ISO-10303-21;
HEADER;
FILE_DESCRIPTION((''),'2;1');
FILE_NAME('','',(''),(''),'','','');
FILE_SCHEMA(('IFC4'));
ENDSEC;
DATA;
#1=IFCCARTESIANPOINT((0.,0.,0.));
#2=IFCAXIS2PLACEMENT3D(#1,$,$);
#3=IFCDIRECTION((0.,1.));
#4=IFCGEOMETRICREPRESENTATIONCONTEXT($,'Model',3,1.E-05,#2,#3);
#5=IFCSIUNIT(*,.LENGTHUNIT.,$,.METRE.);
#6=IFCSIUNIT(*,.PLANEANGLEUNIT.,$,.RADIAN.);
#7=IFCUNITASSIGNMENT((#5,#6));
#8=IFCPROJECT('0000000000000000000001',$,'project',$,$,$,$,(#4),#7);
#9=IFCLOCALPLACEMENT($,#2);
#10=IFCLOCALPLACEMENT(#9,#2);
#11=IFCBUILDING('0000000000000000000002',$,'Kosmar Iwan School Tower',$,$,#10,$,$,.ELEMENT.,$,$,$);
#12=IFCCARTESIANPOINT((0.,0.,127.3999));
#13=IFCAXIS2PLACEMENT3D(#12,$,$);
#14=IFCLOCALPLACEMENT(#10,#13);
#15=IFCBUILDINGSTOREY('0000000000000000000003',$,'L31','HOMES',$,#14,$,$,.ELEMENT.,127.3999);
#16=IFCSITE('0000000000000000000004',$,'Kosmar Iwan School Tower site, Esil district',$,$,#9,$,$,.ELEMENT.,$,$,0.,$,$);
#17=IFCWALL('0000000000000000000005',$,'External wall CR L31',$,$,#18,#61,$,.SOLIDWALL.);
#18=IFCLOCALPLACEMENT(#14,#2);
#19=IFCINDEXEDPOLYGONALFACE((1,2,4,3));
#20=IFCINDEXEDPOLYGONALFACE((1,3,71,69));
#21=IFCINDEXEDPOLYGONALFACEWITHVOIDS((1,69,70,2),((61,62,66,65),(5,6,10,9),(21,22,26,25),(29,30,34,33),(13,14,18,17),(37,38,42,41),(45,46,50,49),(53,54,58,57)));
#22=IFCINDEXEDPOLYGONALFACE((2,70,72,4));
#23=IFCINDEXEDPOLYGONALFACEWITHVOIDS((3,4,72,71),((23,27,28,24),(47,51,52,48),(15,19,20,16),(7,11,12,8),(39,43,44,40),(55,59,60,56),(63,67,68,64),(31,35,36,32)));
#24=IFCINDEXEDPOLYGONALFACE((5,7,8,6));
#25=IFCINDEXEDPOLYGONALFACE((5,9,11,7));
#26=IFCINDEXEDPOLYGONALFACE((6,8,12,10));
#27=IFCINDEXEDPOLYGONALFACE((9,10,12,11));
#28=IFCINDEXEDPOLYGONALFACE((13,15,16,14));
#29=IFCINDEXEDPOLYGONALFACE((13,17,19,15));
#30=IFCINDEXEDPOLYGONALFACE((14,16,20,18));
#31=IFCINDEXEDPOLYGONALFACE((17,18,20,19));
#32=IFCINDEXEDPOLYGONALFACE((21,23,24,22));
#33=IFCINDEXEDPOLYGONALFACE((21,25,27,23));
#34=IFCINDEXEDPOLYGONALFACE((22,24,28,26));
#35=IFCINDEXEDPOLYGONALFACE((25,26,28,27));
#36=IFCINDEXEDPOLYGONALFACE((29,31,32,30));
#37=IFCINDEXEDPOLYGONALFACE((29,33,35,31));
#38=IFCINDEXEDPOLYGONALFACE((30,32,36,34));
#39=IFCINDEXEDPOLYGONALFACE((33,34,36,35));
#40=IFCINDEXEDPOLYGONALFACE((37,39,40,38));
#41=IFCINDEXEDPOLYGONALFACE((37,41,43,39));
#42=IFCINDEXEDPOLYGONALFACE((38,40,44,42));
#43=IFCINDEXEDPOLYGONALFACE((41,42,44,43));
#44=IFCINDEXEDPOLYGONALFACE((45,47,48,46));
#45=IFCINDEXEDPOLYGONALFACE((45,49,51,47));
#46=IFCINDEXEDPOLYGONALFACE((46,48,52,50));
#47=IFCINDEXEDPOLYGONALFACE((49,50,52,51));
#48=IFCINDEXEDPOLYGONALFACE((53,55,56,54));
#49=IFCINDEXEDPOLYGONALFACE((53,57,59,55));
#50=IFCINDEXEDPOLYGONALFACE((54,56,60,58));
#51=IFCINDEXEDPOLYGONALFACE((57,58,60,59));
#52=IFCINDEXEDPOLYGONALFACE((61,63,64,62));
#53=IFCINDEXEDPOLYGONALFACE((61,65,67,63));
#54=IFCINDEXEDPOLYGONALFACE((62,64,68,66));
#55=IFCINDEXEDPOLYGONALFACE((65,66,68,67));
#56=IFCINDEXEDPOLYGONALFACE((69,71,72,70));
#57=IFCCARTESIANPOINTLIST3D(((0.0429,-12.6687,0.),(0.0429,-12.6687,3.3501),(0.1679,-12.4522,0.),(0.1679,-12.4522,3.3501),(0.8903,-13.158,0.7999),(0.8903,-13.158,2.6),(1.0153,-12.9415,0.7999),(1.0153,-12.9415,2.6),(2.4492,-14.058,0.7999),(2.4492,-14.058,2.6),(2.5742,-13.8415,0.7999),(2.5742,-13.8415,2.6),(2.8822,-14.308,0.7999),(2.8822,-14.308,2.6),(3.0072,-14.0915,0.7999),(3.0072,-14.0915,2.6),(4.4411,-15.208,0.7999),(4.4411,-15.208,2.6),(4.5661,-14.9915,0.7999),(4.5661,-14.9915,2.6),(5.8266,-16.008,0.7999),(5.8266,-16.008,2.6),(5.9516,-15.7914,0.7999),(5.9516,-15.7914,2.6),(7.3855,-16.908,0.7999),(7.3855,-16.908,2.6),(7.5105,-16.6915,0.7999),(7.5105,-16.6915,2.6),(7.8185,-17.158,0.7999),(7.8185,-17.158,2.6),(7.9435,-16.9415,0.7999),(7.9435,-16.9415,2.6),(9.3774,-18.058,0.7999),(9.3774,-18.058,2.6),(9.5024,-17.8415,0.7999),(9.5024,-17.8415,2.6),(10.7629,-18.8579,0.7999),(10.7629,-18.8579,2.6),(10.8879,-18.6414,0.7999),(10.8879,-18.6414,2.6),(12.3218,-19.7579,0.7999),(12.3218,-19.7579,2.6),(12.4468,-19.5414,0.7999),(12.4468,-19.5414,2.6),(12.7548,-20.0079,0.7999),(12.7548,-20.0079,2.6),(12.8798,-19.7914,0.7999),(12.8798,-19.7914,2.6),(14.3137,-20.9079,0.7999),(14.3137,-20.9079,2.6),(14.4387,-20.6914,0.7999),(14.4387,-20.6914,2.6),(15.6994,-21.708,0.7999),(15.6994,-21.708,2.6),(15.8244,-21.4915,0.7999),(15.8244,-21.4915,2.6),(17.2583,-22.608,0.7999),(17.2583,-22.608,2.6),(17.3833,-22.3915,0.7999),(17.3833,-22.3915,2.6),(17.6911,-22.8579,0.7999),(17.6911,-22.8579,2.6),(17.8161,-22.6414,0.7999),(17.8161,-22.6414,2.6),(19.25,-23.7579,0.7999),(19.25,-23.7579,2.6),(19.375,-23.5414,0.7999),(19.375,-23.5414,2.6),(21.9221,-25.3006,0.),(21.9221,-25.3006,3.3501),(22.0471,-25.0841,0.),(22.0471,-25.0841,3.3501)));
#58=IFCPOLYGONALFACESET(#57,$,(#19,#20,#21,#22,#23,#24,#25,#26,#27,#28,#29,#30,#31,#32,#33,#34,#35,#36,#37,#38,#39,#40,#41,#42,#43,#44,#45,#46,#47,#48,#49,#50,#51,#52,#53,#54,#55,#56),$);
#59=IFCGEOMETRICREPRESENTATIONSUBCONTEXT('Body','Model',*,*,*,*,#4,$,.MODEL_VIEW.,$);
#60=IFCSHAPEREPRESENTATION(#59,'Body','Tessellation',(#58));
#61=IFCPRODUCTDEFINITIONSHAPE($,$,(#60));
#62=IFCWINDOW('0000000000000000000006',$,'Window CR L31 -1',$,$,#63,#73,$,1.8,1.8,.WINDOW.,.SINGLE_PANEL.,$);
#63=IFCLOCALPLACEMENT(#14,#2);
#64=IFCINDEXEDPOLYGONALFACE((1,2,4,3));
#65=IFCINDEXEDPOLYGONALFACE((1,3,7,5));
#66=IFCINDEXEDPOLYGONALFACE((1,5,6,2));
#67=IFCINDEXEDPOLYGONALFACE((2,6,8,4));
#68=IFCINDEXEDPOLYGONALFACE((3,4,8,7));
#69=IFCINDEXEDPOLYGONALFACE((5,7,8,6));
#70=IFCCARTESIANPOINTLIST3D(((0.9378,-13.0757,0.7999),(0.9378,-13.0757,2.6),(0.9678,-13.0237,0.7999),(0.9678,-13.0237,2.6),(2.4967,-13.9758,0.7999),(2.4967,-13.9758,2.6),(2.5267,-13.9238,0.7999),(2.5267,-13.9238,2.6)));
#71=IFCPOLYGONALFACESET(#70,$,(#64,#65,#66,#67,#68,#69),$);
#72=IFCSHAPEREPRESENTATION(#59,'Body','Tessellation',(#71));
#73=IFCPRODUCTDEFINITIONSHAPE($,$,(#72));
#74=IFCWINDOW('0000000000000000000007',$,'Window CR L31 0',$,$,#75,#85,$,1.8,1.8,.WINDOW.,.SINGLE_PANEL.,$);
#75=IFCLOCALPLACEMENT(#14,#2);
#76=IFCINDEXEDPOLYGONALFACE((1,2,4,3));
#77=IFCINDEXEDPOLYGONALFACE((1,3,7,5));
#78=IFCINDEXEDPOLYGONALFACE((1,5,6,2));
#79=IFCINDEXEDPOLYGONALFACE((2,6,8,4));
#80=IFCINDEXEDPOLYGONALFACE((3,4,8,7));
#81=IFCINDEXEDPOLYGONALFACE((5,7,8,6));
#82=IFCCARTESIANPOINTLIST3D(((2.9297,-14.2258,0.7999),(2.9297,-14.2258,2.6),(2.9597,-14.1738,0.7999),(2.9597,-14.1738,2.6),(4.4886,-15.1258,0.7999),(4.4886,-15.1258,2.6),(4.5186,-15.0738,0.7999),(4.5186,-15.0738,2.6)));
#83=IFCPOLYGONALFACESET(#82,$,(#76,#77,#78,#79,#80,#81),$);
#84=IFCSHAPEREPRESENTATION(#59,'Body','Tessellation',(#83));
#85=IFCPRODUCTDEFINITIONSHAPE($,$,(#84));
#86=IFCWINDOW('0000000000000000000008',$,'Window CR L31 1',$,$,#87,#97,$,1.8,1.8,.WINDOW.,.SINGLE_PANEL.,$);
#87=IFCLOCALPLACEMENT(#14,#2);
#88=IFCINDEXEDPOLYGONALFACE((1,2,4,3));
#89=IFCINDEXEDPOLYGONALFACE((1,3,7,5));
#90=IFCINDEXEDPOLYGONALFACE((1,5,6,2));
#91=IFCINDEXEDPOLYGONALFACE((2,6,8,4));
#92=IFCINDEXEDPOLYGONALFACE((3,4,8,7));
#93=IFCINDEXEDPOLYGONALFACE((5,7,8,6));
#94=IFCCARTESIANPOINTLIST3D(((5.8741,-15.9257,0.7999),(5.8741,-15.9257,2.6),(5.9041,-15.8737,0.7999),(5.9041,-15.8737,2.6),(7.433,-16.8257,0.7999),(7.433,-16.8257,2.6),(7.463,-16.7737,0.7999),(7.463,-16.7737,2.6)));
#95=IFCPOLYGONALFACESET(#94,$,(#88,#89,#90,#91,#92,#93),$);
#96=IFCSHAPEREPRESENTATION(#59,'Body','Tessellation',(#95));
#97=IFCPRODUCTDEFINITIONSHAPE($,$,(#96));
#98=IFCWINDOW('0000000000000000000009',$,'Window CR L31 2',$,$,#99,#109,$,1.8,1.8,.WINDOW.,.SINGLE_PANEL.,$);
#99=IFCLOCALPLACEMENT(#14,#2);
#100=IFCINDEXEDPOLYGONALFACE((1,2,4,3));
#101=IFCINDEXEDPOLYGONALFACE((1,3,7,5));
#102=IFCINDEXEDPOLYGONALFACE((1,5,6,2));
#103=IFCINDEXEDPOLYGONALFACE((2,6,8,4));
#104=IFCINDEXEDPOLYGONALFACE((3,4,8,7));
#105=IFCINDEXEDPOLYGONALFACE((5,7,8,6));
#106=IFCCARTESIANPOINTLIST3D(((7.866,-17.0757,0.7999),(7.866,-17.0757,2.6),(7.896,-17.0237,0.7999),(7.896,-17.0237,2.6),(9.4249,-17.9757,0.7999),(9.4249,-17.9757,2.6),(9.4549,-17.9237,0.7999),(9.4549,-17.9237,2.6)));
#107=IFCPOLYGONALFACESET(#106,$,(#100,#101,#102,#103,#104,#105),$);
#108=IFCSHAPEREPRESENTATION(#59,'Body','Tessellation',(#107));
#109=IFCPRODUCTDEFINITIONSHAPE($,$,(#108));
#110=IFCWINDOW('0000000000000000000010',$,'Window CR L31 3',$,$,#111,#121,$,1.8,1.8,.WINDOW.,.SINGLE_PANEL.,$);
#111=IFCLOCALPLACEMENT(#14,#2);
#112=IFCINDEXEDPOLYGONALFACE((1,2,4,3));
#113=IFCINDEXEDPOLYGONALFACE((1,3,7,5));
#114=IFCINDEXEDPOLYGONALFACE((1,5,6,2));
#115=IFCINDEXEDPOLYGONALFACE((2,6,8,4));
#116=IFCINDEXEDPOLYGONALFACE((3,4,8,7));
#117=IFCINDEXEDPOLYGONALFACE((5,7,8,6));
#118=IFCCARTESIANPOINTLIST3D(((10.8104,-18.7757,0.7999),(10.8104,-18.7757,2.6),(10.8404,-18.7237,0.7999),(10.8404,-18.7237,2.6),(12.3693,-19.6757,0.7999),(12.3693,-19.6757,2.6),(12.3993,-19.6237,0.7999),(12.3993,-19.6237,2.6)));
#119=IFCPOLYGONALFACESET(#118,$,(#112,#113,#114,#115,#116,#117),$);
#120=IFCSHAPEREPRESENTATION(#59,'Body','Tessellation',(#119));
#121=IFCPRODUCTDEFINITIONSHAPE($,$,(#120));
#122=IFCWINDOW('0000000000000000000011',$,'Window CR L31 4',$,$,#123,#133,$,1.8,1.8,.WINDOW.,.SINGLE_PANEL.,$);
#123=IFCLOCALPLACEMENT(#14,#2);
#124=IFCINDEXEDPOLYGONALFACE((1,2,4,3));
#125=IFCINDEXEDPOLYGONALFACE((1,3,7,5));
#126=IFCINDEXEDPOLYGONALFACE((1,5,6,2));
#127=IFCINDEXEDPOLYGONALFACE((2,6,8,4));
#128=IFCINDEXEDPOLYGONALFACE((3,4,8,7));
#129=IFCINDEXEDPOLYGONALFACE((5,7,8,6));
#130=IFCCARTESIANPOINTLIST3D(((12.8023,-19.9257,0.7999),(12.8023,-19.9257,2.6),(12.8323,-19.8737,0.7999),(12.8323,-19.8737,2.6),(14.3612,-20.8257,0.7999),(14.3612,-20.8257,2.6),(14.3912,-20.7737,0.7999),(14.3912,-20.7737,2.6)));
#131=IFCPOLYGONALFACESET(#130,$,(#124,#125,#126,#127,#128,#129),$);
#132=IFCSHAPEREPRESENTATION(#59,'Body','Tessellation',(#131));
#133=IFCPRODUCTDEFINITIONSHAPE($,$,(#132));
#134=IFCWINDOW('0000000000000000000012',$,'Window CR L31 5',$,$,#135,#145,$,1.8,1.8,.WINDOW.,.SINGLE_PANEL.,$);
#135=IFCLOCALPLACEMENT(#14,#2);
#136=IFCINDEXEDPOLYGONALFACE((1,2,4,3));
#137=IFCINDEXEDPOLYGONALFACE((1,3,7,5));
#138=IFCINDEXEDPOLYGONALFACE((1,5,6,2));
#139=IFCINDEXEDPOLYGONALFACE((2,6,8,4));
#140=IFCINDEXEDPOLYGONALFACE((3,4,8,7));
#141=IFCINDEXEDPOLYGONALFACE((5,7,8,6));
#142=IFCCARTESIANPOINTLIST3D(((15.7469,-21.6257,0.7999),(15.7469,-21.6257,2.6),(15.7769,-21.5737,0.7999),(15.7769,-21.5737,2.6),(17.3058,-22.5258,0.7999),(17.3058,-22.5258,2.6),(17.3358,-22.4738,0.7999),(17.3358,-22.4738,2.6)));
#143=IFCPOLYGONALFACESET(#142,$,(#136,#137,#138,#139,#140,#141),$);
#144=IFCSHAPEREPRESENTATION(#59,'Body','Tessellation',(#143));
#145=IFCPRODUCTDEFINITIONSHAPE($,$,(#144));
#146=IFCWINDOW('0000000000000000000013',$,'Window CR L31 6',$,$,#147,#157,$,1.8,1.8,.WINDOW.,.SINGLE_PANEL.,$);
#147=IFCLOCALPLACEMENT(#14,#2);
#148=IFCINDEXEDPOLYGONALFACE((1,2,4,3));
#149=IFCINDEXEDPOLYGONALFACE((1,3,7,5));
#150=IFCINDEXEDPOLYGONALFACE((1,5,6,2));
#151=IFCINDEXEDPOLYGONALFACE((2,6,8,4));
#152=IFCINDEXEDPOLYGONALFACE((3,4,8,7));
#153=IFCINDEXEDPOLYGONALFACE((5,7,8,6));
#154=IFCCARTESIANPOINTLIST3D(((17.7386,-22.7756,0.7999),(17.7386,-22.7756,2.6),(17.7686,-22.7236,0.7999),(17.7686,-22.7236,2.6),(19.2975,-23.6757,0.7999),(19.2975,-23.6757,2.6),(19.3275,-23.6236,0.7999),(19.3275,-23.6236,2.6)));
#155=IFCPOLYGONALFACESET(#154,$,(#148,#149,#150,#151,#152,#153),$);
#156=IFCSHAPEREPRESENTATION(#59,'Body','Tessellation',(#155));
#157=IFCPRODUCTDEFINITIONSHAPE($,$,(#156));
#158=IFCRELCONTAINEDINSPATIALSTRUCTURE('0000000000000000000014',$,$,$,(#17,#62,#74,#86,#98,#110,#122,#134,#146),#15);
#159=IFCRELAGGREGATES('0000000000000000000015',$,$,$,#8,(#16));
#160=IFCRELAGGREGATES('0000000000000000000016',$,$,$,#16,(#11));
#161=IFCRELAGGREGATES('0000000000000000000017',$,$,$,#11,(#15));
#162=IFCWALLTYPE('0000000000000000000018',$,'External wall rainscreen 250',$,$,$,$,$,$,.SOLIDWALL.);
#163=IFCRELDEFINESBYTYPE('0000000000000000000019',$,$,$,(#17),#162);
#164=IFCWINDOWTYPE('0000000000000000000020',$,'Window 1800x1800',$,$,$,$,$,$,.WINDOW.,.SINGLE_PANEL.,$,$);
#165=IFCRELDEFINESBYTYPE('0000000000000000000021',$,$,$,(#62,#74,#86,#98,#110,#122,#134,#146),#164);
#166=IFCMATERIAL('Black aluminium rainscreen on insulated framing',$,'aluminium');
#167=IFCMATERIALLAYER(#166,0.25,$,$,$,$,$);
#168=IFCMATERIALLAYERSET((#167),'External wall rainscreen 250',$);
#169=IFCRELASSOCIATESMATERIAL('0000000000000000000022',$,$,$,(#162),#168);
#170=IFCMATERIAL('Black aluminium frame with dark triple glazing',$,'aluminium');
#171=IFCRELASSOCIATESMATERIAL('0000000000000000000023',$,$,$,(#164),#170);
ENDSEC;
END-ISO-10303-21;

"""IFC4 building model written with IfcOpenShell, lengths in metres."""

from ifc_helpers import new_model, si_unit, direction, frame, frame_2d, origin, place, context, subcontext, project, spatial, rectangle, extrude, material, layer, layer_set, type_object, element, fill, save


model = new_model("IFC4")

# Units and contexts
model_context = context("Model", 3, precision=1e-05, world=origin(), true_north=direction((0.0, 1.0)))
body_context = subcontext(model_context, "Body", "Model", "MODEL_VIEW")
ifc_project = project(units=[si_unit("LENGTHUNIT", "METRE"), si_unit("PLANEANGLEUNIT", "RADIAN")], contexts=[model_context])

# Site, building, storey
site_placement = place(None, origin())
site = spatial("IfcSite", under=ifc_project, at=site_placement, Name="Kosmar Iwan School Tower site, Esil district", CompositionType="ELEMENT", RefElevation=0.0)
building_placement = place(site_placement, origin())
building = spatial("IfcBuilding", under=site, at=building_placement, Name="Kosmar Iwan School Tower", CompositionType="ELEMENT")
storey_placement = place(building_placement, frame((0.0, 0.0, 127.3999)))
storey = spatial("IfcBuildingStorey", under=building, at=storey_placement, Name="L31", Description="HOMES", CompositionType="ELEMENT", Elevation=127.3999)

# Wall, openings, windows
ifc_material_1 = material(Name="Black aluminium rainscreen on insulated framing", Category="aluminium")
ifc_layer = layer(ifc_material_1, 0.25)
ifc_layer_set = layer_set([ifc_layer], Name="External wall rainscreen 250")
wall_type = type_object("IfcWallType", Name="External wall rainscreen 250", PredefinedType="SOLIDWALL", material=ifc_layer_set)
ifc_material_2 = material(Name="Black aluminium frame with dark triple glazing", Category="aluminium")
window_type = type_object("IfcWindowType", Name="Window 1800x1800", PartitioningType="SINGLE_PANEL", PredefinedType="WINDOW", material=ifc_material_2)
wall_1_placement = place(storey_placement, frame((0.1055, -12.5605, 0.0), z_axis=(0.0, 0.0, 1.0), x_axis=(0.866027, -0.499997, 0.0)))
wall_1 = element("IfcWall", 1, at=wall_1_placement, inside=storey, type_object=wall_type, Name="External wall CR L31", PredefinedType="SOLIDWALL", context=body_context, shape_type="SweptSolid", body=[
    extrude(rectangle(XDim=25.2639, YDim=0.25, at=frame_2d((12.6318, 0.0))), origin(), (0.0, 0.0, 1.0), 3.3501),
])
opening_1_placement = place(wall_1_placement, frame((0.9785, 0.0, 0.8)))
opening_1 = element("IfcOpeningElement", 2, at=opening_1_placement, cuts=wall_1, PredefinedType="OPENING", context=body_context, shape_type="SweptSolid", body=[
    extrude(rectangle(XDim=1.8, YDim=1.8, at=frame_2d((0.8999, 0.8999))), frame((0.0, 0.137, 0.0), z_axis=(0.0, -1.0, 0.0), x_axis=(1.0, 0.0, 0.0)), (0.0, 0.0, 1.0), 0.2739),
])
opening_2_placement = place(wall_1_placement, frame((3.2786, 0.0, 0.8)))
opening_2 = element("IfcOpeningElement", 3, at=opening_2_placement, cuts=wall_1, PredefinedType="OPENING", context=body_context, shape_type="SweptSolid", body=[
    extrude(rectangle(XDim=1.8, YDim=1.8, at=frame_2d((0.8999, 0.8999))), frame((0.0, 0.137, 0.0), z_axis=(0.0, -1.0, 0.0), x_axis=(1.0, 0.0, 0.0)), (0.0, 0.0, 1.0), 0.2739),
])
opening_3_placement = place(wall_1_placement, frame((6.6785, 0.0, 0.8)))
opening_3 = element("IfcOpeningElement", 4, at=opening_3_placement, cuts=wall_1, PredefinedType="OPENING", context=body_context, shape_type="SweptSolid", body=[
    extrude(rectangle(XDim=1.8, YDim=1.8, at=frame_2d((0.8999, 0.8999))), frame((0.0, 0.137, 0.0), z_axis=(0.0, -1.0, 0.0), x_axis=(1.0, 0.0, 0.0)), (0.0, 0.0, 1.0), 0.2739),
])
opening_4_placement = place(wall_1_placement, frame((8.9785, 0.0, 0.8)))
opening_4 = element("IfcOpeningElement", 5, at=opening_4_placement, cuts=wall_1, PredefinedType="OPENING", context=body_context, shape_type="SweptSolid", body=[
    extrude(rectangle(XDim=1.8, YDim=1.8, at=frame_2d((0.8999, 0.8999))), frame((0.0, 0.137, 0.0), z_axis=(0.0, -1.0, 0.0), x_axis=(1.0, 0.0, 0.0)), (0.0, 0.0, 1.0), 0.2739),
])
opening_5_placement = place(wall_1_placement, frame((12.3784, 0.0, 0.8)))
opening_5 = element("IfcOpeningElement", 6, at=opening_5_placement, cuts=wall_1, PredefinedType="OPENING", context=body_context, shape_type="SweptSolid", body=[
    extrude(rectangle(XDim=1.8, YDim=1.8, at=frame_2d((0.8999, 0.8999))), frame((0.0, 0.137, 0.0), z_axis=(0.0, -1.0, 0.0), x_axis=(1.0, 0.0, 0.0)), (0.0, 0.0, 1.0), 0.2739),
])
opening_6_placement = place(wall_1_placement, frame((14.6785, 0.0, 0.8)))
opening_6 = element("IfcOpeningElement", 7, at=opening_6_placement, cuts=wall_1, PredefinedType="OPENING", context=body_context, shape_type="SweptSolid", body=[
    extrude(rectangle(XDim=1.8, YDim=1.8, at=frame_2d((0.8999, 0.8999))), frame((0.0, 0.137, 0.0), z_axis=(0.0, -1.0, 0.0), x_axis=(1.0, 0.0, 0.0)), (0.0, 0.0, 1.0), 0.2739),
])
opening_7_placement = place(wall_1_placement, frame((18.0786, 0.0, 0.8)))
opening_7 = element("IfcOpeningElement", 8, at=opening_7_placement, cuts=wall_1, PredefinedType="OPENING", context=body_context, shape_type="SweptSolid", body=[
    extrude(rectangle(XDim=1.8, YDim=1.8, at=frame_2d((0.8999, 0.8999))), frame((0.0, 0.137, 0.0), z_axis=(0.0, -1.0, 0.0), x_axis=(1.0, 0.0, 0.0)), (0.0, 0.0, 1.0), 0.2739),
])
opening_8_placement = place(wall_1_placement, frame((20.3784, 0.0, 0.8)))
opening_8 = element("IfcOpeningElement", 9, at=opening_8_placement, cuts=wall_1, PredefinedType="OPENING", context=body_context, shape_type="SweptSolid", body=[
    extrude(rectangle(XDim=1.8, YDim=1.8, at=frame_2d((0.8999, 0.8999))), frame((0.0, 0.137, 0.0), z_axis=(0.0, -1.0, 0.0), x_axis=(1.0, 0.0, 0.0)), (0.0, 0.0, 1.0), 0.2739),
])
window_1_placement = place(opening_1_placement, origin())
window_1 = element("IfcWindow", 10, at=window_1_placement, inside=storey, type_object=window_type, Name="Window CR L31 -1", OverallHeight=1.8, OverallWidth=1.8, PartitioningType="SINGLE_PANEL", PredefinedType="WINDOW", context=body_context, shape_type="SweptSolid", body=[
    extrude(rectangle(XDim=1.8, YDim=1.8, at=frame_2d((0.8999, 0.8999))), frame((0.0, 0.03, 0.0), z_axis=(0.0, -1.0, 0.0), x_axis=(1.0, 0.0, 0.0)), (0.0, 0.0, 1.0), 0.0601),
])
fill(opening_1, window_1)
window_2_placement = place(opening_2_placement, origin())
window_2 = element("IfcWindow", 11, at=window_2_placement, inside=storey, type_object=window_type, Name="Window CR L31 0", OverallHeight=1.8, OverallWidth=1.8, PartitioningType="SINGLE_PANEL", PredefinedType="WINDOW", context=body_context, shape_type="SweptSolid", body=[
    extrude(rectangle(XDim=1.8, YDim=1.8, at=frame_2d((0.8999, 0.8999))), frame((0.0, 0.03, 0.0), z_axis=(0.0, -1.0, 0.0), x_axis=(1.0, 0.0, 0.0)), (0.0, 0.0, 1.0), 0.0601),
])
fill(opening_2, window_2)
window_3_placement = place(opening_3_placement, origin())
window_3 = element("IfcWindow", 12, at=window_3_placement, inside=storey, type_object=window_type, Name="Window CR L31 1", OverallHeight=1.8, OverallWidth=1.8, PartitioningType="SINGLE_PANEL", PredefinedType="WINDOW", context=body_context, shape_type="SweptSolid", body=[
    extrude(rectangle(XDim=1.8, YDim=1.8, at=frame_2d((0.8999, 0.8999))), frame((0.0, 0.03, 0.0), z_axis=(0.0, -1.0, 0.0), x_axis=(1.0, 0.0, 0.0)), (0.0, 0.0, 1.0), 0.0601),
])
fill(opening_3, window_3)
window_4_placement = place(opening_4_placement, origin())
window_4 = element("IfcWindow", 13, at=window_4_placement, inside=storey, type_object=window_type, Name="Window CR L31 2", OverallHeight=1.8, OverallWidth=1.8, PartitioningType="SINGLE_PANEL", PredefinedType="WINDOW", context=body_context, shape_type="SweptSolid", body=[
    extrude(rectangle(XDim=1.8, YDim=1.8, at=frame_2d((0.8999, 0.8999))), frame((0.0, 0.03, 0.0), z_axis=(0.0, -1.0, 0.0), x_axis=(1.0, 0.0, 0.0)), (0.0, 0.0, 1.0), 0.0601),
])
fill(opening_4, window_4)
window_5_placement = place(opening_5_placement, origin())
window_5 = element("IfcWindow", 14, at=window_5_placement, inside=storey, type_object=window_type, Name="Window CR L31 3", OverallHeight=1.8, OverallWidth=1.8, PartitioningType="SINGLE_PANEL", PredefinedType="WINDOW", context=body_context, shape_type="SweptSolid", body=[
    extrude(rectangle(XDim=1.8, YDim=1.8, at=frame_2d((0.8999, 0.8999))), frame((0.0, 0.03, 0.0), z_axis=(0.0, -1.0, 0.0), x_axis=(1.0, 0.0, 0.0)), (0.0, 0.0, 1.0), 0.0601),
])
fill(opening_5, window_5)
window_6_placement = place(opening_6_placement, origin())
window_6 = element("IfcWindow", 15, at=window_6_placement, inside=storey, type_object=window_type, Name="Window CR L31 4", OverallHeight=1.8, OverallWidth=1.8, PartitioningType="SINGLE_PANEL", PredefinedType="WINDOW", context=body_context, shape_type="SweptSolid", body=[
    extrude(rectangle(XDim=1.8, YDim=1.8, at=frame_2d((0.8999, 0.8999))), frame((0.0, 0.03, 0.0), z_axis=(0.0, -1.0, 0.0), x_axis=(1.0, 0.0, 0.0)), (0.0, 0.0, 1.0), 0.0601),
])
fill(opening_6, window_6)
window_7_placement = place(opening_7_placement, origin())
window_7 = element("IfcWindow", 16, at=window_7_placement, inside=storey, type_object=window_type, Name="Window CR L31 5", OverallHeight=1.8, OverallWidth=1.8, PartitioningType="SINGLE_PANEL", PredefinedType="WINDOW", context=body_context, shape_type="SweptSolid", body=[
    extrude(rectangle(XDim=1.8, YDim=1.8, at=frame_2d((0.8999, 0.8999))), frame((0.0, 0.03, 0.0), z_axis=(0.0, -1.0, 0.0), x_axis=(1.0, 0.0, 0.0)), (0.0, 0.0, 1.0), 0.0601),
])
fill(opening_7, window_7)
window_8_placement = place(opening_8_placement, origin())
window_8 = element("IfcWindow", 17, at=window_8_placement, inside=storey, type_object=window_type, Name="Window CR L31 6", OverallHeight=1.8, OverallWidth=1.8, PartitioningType="SINGLE_PANEL", PredefinedType="WINDOW", context=body_context, shape_type="SweptSolid", body=[
    extrude(rectangle(XDim=1.8, YDim=1.8, at=frame_2d((0.8999, 0.8999))), frame((0.0, 0.03, 0.0), z_axis=(0.0, -1.0, 0.0), x_axis=(1.0, 0.0, 0.0)), (0.0, 0.0, 1.0), 0.0601),
])
fill(opening_8, window_8)

save(model, "model.ifc")
